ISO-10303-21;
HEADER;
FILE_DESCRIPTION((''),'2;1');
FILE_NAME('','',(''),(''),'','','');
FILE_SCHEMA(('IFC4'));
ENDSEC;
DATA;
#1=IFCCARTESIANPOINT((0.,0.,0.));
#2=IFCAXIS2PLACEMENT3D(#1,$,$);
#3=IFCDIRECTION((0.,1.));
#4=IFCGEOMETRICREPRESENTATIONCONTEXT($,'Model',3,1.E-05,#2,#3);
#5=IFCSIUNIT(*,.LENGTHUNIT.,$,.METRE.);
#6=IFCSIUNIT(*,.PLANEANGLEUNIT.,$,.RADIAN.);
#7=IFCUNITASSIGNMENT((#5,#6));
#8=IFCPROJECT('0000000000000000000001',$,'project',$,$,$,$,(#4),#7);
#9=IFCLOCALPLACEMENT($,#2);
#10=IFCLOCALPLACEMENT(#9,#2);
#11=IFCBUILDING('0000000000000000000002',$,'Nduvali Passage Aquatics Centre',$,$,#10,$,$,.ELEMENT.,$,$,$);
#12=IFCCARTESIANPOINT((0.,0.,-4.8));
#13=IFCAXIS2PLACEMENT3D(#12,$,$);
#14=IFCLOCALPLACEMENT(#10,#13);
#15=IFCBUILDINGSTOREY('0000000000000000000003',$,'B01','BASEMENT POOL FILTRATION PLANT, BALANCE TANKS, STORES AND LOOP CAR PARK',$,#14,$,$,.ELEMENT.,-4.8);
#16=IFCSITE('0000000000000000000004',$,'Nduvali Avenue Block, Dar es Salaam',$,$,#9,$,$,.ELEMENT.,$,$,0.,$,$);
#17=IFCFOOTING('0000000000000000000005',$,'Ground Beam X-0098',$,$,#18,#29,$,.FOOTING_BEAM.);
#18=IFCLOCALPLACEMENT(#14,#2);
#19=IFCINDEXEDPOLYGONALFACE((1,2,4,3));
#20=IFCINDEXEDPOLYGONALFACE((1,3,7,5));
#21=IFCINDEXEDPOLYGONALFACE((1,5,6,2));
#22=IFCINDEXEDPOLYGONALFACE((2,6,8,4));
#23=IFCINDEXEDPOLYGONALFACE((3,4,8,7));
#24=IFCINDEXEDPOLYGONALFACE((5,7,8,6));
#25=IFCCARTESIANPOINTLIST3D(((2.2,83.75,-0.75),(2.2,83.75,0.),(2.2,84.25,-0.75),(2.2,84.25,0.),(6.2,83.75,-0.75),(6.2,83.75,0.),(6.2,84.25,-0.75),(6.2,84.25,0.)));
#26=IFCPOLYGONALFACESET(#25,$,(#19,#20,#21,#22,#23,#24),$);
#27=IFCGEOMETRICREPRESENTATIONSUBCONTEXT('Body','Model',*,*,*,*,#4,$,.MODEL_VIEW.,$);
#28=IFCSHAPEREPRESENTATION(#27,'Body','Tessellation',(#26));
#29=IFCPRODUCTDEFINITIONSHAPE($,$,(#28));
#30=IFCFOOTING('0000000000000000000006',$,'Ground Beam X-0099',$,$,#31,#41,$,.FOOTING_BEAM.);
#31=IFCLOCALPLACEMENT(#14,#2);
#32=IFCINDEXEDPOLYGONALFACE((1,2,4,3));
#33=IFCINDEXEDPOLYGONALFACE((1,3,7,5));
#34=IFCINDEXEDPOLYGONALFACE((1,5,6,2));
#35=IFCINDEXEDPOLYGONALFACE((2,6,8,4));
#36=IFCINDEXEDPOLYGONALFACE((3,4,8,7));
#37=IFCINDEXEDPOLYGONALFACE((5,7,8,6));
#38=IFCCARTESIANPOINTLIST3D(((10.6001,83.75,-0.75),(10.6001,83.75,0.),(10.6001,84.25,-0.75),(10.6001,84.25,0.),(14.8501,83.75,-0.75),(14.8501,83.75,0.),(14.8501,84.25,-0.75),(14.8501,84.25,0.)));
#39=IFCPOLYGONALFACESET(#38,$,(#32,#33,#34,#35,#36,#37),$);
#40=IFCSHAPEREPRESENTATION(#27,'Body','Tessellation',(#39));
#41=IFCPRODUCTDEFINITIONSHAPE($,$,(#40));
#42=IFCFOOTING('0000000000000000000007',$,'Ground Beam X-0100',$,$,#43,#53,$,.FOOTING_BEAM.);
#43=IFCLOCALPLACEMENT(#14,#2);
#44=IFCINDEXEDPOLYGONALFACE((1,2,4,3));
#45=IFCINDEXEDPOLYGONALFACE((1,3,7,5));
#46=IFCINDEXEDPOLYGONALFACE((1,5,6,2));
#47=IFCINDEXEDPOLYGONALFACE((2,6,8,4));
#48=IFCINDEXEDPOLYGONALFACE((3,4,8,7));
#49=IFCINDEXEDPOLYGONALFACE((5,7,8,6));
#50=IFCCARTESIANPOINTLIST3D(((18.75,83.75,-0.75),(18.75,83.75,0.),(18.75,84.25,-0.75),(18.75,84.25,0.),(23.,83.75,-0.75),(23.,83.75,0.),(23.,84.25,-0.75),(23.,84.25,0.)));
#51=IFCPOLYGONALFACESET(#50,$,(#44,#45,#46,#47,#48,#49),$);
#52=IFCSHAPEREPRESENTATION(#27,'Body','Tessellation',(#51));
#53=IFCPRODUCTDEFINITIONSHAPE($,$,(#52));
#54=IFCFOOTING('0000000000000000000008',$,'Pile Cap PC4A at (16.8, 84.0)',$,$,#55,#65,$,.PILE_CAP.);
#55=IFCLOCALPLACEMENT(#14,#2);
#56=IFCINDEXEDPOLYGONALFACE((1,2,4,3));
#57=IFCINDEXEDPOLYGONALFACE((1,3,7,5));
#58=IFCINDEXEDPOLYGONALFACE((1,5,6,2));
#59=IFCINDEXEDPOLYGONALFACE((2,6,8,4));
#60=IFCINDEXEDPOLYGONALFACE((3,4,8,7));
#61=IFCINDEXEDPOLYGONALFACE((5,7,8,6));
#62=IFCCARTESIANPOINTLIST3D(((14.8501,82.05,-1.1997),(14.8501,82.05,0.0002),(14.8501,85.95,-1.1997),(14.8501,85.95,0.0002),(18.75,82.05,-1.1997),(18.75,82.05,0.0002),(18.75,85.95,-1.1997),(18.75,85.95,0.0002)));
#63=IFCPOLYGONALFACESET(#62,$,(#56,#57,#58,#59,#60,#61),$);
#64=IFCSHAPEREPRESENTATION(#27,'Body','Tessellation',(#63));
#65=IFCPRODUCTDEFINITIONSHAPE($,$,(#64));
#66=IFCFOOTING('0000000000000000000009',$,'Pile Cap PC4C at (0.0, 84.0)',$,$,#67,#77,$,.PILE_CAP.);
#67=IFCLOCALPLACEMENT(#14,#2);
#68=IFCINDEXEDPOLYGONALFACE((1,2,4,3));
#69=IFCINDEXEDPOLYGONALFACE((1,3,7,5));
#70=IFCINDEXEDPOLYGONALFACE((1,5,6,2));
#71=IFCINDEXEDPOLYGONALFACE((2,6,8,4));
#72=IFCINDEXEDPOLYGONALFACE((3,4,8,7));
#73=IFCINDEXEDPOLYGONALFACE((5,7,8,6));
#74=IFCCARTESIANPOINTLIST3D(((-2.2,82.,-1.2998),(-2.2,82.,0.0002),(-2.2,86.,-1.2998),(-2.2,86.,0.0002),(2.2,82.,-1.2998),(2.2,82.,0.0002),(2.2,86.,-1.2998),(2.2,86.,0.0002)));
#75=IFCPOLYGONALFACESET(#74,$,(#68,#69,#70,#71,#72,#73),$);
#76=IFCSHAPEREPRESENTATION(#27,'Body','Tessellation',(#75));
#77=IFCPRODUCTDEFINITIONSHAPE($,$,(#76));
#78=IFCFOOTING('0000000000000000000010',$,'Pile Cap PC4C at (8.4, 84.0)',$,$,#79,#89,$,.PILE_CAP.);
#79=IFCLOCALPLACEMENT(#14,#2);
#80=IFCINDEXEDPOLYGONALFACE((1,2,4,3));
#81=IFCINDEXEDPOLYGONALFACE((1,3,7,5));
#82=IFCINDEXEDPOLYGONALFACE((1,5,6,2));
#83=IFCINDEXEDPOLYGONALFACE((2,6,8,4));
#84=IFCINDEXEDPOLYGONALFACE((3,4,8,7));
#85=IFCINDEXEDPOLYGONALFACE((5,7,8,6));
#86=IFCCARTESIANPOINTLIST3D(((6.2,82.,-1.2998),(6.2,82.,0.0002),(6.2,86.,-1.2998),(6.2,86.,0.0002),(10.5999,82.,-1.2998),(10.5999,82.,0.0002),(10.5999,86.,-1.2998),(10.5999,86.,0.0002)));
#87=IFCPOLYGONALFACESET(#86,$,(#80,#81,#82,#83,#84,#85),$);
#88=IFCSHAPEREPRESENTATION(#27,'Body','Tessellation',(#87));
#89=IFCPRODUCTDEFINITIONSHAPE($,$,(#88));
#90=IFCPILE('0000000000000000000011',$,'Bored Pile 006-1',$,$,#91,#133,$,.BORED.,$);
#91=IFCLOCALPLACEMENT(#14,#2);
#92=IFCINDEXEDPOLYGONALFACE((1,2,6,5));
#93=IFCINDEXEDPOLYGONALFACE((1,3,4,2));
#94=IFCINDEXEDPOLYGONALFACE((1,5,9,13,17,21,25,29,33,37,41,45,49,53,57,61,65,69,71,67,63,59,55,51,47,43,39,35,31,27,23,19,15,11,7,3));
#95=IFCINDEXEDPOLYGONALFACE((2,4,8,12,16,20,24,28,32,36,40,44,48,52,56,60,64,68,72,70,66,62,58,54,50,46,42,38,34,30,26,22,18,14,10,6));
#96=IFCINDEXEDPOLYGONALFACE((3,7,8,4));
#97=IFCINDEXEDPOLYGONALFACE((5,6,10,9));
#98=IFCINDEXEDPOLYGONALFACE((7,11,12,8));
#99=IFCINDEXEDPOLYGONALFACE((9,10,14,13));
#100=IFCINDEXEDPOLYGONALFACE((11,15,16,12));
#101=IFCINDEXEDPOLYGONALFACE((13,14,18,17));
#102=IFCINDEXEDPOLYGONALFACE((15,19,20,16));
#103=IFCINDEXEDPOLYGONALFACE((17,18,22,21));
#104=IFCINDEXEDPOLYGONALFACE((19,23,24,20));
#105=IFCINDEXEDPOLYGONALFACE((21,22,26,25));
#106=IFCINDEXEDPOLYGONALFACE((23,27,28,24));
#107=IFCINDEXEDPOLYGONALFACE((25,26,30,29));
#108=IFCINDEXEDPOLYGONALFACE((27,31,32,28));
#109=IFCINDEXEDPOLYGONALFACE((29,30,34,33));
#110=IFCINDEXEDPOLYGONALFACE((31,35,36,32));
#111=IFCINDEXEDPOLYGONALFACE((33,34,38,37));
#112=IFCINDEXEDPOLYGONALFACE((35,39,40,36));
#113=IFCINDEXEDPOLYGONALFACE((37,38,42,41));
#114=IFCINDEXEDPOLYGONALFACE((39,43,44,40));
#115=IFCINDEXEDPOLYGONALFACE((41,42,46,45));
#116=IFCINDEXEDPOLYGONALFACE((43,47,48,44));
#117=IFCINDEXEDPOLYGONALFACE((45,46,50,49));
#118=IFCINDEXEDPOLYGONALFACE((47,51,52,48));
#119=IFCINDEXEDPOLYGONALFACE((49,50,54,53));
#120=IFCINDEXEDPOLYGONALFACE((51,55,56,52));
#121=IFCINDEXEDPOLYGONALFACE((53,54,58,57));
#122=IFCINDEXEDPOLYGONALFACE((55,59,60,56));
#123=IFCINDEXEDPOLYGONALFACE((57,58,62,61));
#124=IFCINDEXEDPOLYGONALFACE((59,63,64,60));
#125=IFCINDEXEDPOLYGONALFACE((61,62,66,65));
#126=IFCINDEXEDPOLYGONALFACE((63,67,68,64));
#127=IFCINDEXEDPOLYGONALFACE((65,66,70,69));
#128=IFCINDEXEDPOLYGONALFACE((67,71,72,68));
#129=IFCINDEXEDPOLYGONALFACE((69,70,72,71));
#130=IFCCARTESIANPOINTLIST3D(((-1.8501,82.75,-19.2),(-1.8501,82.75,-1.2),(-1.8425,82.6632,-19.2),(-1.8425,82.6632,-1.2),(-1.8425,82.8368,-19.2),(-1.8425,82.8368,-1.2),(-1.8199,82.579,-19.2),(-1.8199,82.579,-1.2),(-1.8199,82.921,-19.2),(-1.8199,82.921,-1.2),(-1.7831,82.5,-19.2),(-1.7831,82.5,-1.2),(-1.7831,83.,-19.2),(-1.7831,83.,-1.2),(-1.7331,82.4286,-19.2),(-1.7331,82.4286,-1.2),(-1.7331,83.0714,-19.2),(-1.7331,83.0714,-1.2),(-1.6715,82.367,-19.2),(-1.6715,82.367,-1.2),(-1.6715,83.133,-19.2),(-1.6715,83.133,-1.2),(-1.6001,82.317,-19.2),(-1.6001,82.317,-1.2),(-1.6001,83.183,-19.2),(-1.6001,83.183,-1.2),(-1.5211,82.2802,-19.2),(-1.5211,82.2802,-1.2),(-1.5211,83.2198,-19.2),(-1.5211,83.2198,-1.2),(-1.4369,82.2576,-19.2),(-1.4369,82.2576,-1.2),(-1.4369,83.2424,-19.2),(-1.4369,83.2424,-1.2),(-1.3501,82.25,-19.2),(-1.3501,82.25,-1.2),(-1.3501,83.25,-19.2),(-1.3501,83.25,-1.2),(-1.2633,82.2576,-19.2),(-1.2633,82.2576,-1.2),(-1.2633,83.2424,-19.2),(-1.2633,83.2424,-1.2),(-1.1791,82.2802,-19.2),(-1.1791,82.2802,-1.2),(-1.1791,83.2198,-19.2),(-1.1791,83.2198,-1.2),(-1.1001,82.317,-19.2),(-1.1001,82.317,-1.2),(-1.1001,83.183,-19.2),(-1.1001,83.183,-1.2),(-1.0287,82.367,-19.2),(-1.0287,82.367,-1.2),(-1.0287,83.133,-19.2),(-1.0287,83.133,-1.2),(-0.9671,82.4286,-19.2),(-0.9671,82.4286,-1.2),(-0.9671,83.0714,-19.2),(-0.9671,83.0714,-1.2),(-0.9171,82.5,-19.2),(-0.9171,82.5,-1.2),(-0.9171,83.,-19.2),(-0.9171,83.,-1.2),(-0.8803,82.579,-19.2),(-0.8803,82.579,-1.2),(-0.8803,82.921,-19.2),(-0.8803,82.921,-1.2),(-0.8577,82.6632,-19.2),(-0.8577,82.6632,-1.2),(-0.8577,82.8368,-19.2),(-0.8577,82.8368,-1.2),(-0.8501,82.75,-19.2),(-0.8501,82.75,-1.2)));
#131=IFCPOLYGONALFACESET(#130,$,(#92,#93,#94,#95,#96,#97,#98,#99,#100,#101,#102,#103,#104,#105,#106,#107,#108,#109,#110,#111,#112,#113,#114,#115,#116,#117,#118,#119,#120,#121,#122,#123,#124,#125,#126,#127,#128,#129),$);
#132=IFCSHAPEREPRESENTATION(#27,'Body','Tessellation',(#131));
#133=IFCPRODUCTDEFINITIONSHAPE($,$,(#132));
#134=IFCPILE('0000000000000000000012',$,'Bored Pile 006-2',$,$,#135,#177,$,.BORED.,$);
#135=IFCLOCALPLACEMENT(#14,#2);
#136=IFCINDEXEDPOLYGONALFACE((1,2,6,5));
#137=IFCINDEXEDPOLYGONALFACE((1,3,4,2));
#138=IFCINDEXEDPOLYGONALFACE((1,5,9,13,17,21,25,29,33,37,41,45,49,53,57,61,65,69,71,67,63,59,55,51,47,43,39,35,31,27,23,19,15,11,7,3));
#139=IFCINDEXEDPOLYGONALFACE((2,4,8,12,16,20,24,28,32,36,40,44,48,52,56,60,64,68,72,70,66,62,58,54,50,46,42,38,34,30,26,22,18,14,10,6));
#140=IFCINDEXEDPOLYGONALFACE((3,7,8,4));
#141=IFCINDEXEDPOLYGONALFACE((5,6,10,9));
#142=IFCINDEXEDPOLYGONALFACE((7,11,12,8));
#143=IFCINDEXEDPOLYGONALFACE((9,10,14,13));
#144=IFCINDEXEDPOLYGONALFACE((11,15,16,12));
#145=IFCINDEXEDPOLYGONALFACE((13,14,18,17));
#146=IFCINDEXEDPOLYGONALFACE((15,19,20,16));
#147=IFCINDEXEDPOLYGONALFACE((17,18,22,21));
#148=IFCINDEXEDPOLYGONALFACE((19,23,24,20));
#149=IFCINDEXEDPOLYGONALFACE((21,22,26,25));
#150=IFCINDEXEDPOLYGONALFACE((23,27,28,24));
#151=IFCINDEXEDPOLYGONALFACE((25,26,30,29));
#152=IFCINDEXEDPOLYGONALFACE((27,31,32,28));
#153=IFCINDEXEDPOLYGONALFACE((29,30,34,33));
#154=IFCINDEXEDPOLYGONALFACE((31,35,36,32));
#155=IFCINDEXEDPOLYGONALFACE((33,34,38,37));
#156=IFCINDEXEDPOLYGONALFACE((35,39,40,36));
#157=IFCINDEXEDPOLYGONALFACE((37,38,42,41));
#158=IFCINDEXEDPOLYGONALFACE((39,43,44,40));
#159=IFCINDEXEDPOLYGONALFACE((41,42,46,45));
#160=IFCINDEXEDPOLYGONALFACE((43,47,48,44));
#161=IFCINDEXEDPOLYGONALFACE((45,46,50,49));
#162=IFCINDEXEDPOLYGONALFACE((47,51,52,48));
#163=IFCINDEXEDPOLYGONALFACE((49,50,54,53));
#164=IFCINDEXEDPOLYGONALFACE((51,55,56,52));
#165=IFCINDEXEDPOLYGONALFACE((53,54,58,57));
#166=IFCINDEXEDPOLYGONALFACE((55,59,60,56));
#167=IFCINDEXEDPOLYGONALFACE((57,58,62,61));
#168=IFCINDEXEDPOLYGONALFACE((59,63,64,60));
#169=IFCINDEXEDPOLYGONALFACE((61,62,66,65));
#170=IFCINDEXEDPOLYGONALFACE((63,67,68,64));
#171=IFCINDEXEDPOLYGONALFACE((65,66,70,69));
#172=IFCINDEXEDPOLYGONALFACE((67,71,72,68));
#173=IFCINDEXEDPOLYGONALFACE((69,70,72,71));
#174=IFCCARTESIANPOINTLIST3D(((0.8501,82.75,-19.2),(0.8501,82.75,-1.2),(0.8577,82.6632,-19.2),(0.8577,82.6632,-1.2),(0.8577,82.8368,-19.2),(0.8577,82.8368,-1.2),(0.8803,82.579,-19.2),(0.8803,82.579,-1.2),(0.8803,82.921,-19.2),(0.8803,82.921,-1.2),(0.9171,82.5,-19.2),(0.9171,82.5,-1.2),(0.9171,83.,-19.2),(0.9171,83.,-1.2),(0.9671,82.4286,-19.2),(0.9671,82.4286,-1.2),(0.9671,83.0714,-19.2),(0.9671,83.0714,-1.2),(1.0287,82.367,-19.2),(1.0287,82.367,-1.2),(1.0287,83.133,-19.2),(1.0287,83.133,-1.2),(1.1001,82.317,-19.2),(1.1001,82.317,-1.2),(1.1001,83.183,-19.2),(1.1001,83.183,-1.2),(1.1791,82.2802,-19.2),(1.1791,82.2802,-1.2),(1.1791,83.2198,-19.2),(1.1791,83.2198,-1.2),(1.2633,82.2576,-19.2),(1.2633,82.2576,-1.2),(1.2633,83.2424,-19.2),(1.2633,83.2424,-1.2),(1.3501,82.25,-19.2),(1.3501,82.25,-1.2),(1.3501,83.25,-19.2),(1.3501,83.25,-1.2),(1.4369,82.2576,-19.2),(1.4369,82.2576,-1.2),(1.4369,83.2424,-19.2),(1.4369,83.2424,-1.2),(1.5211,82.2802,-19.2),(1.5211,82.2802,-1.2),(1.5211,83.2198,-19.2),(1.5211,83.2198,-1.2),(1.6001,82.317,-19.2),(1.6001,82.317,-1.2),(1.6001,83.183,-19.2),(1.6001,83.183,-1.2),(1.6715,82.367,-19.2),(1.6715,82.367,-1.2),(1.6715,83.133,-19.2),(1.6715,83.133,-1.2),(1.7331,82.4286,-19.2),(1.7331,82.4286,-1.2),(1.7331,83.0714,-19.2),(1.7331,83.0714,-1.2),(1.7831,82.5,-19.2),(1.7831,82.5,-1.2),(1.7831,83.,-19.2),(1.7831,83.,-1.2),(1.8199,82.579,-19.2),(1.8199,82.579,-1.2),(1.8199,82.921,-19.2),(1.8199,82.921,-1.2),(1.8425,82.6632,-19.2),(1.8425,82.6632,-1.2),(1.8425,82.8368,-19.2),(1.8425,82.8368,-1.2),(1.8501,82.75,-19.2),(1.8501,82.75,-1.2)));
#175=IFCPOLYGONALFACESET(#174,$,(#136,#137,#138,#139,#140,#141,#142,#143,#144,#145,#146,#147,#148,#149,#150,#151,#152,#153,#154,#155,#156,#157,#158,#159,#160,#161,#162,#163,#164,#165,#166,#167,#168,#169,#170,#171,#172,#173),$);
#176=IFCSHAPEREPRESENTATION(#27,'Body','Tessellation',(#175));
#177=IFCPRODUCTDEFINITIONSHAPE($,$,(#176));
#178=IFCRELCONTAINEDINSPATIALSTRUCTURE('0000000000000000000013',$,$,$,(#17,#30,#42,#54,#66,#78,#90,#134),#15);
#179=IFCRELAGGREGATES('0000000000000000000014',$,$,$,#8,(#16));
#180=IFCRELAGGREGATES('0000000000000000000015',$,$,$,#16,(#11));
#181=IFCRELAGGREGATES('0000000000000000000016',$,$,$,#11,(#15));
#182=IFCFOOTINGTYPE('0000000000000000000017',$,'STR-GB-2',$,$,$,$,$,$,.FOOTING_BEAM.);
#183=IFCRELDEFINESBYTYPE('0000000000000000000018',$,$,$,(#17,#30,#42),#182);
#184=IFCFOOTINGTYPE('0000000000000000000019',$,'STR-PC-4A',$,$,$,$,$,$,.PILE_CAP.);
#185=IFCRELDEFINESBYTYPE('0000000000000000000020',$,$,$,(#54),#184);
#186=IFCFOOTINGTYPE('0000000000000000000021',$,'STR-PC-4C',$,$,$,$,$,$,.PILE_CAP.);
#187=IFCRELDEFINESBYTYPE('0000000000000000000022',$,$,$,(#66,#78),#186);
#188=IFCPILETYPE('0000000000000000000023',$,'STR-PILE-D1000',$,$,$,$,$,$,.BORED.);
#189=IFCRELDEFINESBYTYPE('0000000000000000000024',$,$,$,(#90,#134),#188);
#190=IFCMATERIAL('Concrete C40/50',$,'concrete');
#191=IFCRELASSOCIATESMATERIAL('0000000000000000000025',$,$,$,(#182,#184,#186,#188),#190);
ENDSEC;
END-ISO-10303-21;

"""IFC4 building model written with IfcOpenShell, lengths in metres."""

from ifc_helpers import new_model, si_unit, direction, frame, origin, origin_2d, place, context, subcontext, project, spatial, rectangle, circle, extrude, material, material_profile, profile_set, type_object, element, save


model = new_model("IFC4")

# Units and contexts
model_context = context("Model", 3, precision=1e-05, world=origin(), true_north=direction((0.0, 1.0)))
body_context = subcontext(model_context, "Body", "Model", "MODEL_VIEW")
ifc_project = project(units=[si_unit("LENGTHUNIT", "METRE"), si_unit("PLANEANGLEUNIT", "RADIAN")], contexts=[model_context])

# Site, building, storey
site_placement = place(None, origin())
site = spatial("IfcSite", under=ifc_project, at=site_placement, Name="Nduvali Avenue Block, Dar es Salaam", CompositionType="ELEMENT", RefElevation=0.0)
building_placement = place(site_placement, origin())
building = spatial("IfcBuilding", under=site, at=building_placement, Name="Nduvali Passage Aquatics Centre", CompositionType="ELEMENT")
storey_placement = place(building_placement, frame((0.0, 0.0, -4.8)))
storey = spatial("IfcBuildingStorey", under=building, at=storey_placement, Name="B01", Description="BASEMENT POOL FILTRATION PLANT, BALANCE TANKS, STORES AND LOOP CAR PARK", CompositionType="ELEMENT", Elevation=-4.8)

# Footings
ifc_material_1 = material(Name="Concrete C40/50", Category="concrete")
footing_type_1 = type_object("IfcFootingType", Name="STR-GB-2", PredefinedType="FOOTING_BEAM", material=ifc_material_1)
footing_1_placement = place(storey_placement, frame((4.2, 84.0, -0.75), z_axis=(0.0, 0.0, 1.0), x_axis=(1.0, 0.0, 0.0)))
element("IfcFooting", 1, at=footing_1_placement, inside=storey, type_object=footing_type_1, Name="Ground Beam X-0098", PredefinedType="FOOTING_BEAM", context=body_context, shape_type="SweptSolid", body=[
    extrude(rectangle(XDim=4.0, YDim=0.5, at=origin_2d()), origin(), (0.0, 0.0, 1.0), 0.75),
])
for number, where, z_axis, x_axis, name in (
    (2, (12.7251, 84.0, -0.75), (0.0, 0.0, 1.0), (1.0, 0.0, 0.0), "Ground Beam X-0099"),
    (3, (20.875, 84.0, -0.75), (0.0, 0.0, 1.0), (1.0, 0.0, 0.0), "Ground Beam X-0100"),
):
    element("IfcFooting", number, at=place(storey_placement, frame(where, z_axis=z_axis, x_axis=x_axis)), inside=storey, type_object=footing_type_1, Name=name, PredefinedType="FOOTING_BEAM", context=body_context, shape_type="SweptSolid", body=[
        extrude(rectangle(XDim=4.25, YDim=0.5, at=origin_2d()), origin(), (0.0, 0.0, 1.0), 0.75),
    ])
footing_type_2 = type_object("IfcFootingType", Name="STR-PC-4A", PredefinedType="PILE_CAP", material=ifc_material_1)
footing_2_placement = place(storey_placement, frame((16.8, 84.0, -1.1997), z_axis=(0.0, 0.0, 1.0), x_axis=(1.0, 0.0, 0.0)))
element("IfcFooting", 4, at=footing_2_placement, inside=storey, type_object=footing_type_2, Name="Pile Cap PC4A at (16.8, 84.0)", PredefinedType="PILE_CAP", context=body_context, shape_type="SweptSolid", body=[
    extrude(rectangle(XDim=3.8999, YDim=3.8999, at=origin_2d()), origin(), (0.0, 0.0, 1.0), 1.2),
])
footing_type_3 = type_object("IfcFootingType", Name="STR-PC-4C", PredefinedType="PILE_CAP", material=ifc_material_1)
for number, where, z_axis, x_axis, name in (
    (5, (0.0, 84.0, -1.2998), (0.0, 0.0, 1.0), (1.0, 0.0, 0.0), "Pile Cap PC4C at (0.0, 84.0)"),
    (6, (8.3999, 84.0, -1.2998), (0.0, 0.0, 1.0), (1.0, 0.0, 0.0), "Pile Cap PC4C at (8.4, 84.0)"),
):
    element("IfcFooting", number, at=place(storey_placement, frame(where, z_axis=z_axis, x_axis=x_axis)), inside=storey, type_object=footing_type_3, Name=name, PredefinedType="PILE_CAP", context=body_context, shape_type="SweptSolid", body=[
        extrude(rectangle(XDim=4.3999, YDim=4.0, at=origin_2d()), origin(), (0.0, 0.0, 1.0), 1.3),
    ])

# Piles
ifc_material_profile_1 = material_profile(ifc_material_1, circle(Radius=0.5, at=origin_2d()), Name="PILE D1000")
ifc_profile_set_1 = profile_set([ifc_material_profile_1], Name="Concrete C40/50")
pile_type_1 = type_object("IfcPileType", Name="STR-PILE-D1000", PredefinedType="BORED", material=ifc_profile_set_1)
for number, where, z_axis, x_axis, name in (
    (7, (-1.3501, 82.75, -1.2), (0.0, 0.0, -1.0), (1.0, 0.0, 0.0), "Bored Pile 006-1"),
    (8, (1.3501, 82.75, -1.2), (0.0, 0.0, -1.0), (1.0, 0.0, 0.0), "Bored Pile 006-2"),
):
    element("IfcPile", number, at=place(storey_placement, frame(where, z_axis=z_axis, x_axis=x_axis)), inside=storey, type_object=pile_type_1, Name=name, PredefinedType="BORED", context=body_context, shape_type="SweptSolid", body=[
        extrude(circle(Radius=0.5, at=origin_2d()), origin(), (0.0, 0.0, 1.0), 18.0),
    ])

save(model, "model.ifc")
